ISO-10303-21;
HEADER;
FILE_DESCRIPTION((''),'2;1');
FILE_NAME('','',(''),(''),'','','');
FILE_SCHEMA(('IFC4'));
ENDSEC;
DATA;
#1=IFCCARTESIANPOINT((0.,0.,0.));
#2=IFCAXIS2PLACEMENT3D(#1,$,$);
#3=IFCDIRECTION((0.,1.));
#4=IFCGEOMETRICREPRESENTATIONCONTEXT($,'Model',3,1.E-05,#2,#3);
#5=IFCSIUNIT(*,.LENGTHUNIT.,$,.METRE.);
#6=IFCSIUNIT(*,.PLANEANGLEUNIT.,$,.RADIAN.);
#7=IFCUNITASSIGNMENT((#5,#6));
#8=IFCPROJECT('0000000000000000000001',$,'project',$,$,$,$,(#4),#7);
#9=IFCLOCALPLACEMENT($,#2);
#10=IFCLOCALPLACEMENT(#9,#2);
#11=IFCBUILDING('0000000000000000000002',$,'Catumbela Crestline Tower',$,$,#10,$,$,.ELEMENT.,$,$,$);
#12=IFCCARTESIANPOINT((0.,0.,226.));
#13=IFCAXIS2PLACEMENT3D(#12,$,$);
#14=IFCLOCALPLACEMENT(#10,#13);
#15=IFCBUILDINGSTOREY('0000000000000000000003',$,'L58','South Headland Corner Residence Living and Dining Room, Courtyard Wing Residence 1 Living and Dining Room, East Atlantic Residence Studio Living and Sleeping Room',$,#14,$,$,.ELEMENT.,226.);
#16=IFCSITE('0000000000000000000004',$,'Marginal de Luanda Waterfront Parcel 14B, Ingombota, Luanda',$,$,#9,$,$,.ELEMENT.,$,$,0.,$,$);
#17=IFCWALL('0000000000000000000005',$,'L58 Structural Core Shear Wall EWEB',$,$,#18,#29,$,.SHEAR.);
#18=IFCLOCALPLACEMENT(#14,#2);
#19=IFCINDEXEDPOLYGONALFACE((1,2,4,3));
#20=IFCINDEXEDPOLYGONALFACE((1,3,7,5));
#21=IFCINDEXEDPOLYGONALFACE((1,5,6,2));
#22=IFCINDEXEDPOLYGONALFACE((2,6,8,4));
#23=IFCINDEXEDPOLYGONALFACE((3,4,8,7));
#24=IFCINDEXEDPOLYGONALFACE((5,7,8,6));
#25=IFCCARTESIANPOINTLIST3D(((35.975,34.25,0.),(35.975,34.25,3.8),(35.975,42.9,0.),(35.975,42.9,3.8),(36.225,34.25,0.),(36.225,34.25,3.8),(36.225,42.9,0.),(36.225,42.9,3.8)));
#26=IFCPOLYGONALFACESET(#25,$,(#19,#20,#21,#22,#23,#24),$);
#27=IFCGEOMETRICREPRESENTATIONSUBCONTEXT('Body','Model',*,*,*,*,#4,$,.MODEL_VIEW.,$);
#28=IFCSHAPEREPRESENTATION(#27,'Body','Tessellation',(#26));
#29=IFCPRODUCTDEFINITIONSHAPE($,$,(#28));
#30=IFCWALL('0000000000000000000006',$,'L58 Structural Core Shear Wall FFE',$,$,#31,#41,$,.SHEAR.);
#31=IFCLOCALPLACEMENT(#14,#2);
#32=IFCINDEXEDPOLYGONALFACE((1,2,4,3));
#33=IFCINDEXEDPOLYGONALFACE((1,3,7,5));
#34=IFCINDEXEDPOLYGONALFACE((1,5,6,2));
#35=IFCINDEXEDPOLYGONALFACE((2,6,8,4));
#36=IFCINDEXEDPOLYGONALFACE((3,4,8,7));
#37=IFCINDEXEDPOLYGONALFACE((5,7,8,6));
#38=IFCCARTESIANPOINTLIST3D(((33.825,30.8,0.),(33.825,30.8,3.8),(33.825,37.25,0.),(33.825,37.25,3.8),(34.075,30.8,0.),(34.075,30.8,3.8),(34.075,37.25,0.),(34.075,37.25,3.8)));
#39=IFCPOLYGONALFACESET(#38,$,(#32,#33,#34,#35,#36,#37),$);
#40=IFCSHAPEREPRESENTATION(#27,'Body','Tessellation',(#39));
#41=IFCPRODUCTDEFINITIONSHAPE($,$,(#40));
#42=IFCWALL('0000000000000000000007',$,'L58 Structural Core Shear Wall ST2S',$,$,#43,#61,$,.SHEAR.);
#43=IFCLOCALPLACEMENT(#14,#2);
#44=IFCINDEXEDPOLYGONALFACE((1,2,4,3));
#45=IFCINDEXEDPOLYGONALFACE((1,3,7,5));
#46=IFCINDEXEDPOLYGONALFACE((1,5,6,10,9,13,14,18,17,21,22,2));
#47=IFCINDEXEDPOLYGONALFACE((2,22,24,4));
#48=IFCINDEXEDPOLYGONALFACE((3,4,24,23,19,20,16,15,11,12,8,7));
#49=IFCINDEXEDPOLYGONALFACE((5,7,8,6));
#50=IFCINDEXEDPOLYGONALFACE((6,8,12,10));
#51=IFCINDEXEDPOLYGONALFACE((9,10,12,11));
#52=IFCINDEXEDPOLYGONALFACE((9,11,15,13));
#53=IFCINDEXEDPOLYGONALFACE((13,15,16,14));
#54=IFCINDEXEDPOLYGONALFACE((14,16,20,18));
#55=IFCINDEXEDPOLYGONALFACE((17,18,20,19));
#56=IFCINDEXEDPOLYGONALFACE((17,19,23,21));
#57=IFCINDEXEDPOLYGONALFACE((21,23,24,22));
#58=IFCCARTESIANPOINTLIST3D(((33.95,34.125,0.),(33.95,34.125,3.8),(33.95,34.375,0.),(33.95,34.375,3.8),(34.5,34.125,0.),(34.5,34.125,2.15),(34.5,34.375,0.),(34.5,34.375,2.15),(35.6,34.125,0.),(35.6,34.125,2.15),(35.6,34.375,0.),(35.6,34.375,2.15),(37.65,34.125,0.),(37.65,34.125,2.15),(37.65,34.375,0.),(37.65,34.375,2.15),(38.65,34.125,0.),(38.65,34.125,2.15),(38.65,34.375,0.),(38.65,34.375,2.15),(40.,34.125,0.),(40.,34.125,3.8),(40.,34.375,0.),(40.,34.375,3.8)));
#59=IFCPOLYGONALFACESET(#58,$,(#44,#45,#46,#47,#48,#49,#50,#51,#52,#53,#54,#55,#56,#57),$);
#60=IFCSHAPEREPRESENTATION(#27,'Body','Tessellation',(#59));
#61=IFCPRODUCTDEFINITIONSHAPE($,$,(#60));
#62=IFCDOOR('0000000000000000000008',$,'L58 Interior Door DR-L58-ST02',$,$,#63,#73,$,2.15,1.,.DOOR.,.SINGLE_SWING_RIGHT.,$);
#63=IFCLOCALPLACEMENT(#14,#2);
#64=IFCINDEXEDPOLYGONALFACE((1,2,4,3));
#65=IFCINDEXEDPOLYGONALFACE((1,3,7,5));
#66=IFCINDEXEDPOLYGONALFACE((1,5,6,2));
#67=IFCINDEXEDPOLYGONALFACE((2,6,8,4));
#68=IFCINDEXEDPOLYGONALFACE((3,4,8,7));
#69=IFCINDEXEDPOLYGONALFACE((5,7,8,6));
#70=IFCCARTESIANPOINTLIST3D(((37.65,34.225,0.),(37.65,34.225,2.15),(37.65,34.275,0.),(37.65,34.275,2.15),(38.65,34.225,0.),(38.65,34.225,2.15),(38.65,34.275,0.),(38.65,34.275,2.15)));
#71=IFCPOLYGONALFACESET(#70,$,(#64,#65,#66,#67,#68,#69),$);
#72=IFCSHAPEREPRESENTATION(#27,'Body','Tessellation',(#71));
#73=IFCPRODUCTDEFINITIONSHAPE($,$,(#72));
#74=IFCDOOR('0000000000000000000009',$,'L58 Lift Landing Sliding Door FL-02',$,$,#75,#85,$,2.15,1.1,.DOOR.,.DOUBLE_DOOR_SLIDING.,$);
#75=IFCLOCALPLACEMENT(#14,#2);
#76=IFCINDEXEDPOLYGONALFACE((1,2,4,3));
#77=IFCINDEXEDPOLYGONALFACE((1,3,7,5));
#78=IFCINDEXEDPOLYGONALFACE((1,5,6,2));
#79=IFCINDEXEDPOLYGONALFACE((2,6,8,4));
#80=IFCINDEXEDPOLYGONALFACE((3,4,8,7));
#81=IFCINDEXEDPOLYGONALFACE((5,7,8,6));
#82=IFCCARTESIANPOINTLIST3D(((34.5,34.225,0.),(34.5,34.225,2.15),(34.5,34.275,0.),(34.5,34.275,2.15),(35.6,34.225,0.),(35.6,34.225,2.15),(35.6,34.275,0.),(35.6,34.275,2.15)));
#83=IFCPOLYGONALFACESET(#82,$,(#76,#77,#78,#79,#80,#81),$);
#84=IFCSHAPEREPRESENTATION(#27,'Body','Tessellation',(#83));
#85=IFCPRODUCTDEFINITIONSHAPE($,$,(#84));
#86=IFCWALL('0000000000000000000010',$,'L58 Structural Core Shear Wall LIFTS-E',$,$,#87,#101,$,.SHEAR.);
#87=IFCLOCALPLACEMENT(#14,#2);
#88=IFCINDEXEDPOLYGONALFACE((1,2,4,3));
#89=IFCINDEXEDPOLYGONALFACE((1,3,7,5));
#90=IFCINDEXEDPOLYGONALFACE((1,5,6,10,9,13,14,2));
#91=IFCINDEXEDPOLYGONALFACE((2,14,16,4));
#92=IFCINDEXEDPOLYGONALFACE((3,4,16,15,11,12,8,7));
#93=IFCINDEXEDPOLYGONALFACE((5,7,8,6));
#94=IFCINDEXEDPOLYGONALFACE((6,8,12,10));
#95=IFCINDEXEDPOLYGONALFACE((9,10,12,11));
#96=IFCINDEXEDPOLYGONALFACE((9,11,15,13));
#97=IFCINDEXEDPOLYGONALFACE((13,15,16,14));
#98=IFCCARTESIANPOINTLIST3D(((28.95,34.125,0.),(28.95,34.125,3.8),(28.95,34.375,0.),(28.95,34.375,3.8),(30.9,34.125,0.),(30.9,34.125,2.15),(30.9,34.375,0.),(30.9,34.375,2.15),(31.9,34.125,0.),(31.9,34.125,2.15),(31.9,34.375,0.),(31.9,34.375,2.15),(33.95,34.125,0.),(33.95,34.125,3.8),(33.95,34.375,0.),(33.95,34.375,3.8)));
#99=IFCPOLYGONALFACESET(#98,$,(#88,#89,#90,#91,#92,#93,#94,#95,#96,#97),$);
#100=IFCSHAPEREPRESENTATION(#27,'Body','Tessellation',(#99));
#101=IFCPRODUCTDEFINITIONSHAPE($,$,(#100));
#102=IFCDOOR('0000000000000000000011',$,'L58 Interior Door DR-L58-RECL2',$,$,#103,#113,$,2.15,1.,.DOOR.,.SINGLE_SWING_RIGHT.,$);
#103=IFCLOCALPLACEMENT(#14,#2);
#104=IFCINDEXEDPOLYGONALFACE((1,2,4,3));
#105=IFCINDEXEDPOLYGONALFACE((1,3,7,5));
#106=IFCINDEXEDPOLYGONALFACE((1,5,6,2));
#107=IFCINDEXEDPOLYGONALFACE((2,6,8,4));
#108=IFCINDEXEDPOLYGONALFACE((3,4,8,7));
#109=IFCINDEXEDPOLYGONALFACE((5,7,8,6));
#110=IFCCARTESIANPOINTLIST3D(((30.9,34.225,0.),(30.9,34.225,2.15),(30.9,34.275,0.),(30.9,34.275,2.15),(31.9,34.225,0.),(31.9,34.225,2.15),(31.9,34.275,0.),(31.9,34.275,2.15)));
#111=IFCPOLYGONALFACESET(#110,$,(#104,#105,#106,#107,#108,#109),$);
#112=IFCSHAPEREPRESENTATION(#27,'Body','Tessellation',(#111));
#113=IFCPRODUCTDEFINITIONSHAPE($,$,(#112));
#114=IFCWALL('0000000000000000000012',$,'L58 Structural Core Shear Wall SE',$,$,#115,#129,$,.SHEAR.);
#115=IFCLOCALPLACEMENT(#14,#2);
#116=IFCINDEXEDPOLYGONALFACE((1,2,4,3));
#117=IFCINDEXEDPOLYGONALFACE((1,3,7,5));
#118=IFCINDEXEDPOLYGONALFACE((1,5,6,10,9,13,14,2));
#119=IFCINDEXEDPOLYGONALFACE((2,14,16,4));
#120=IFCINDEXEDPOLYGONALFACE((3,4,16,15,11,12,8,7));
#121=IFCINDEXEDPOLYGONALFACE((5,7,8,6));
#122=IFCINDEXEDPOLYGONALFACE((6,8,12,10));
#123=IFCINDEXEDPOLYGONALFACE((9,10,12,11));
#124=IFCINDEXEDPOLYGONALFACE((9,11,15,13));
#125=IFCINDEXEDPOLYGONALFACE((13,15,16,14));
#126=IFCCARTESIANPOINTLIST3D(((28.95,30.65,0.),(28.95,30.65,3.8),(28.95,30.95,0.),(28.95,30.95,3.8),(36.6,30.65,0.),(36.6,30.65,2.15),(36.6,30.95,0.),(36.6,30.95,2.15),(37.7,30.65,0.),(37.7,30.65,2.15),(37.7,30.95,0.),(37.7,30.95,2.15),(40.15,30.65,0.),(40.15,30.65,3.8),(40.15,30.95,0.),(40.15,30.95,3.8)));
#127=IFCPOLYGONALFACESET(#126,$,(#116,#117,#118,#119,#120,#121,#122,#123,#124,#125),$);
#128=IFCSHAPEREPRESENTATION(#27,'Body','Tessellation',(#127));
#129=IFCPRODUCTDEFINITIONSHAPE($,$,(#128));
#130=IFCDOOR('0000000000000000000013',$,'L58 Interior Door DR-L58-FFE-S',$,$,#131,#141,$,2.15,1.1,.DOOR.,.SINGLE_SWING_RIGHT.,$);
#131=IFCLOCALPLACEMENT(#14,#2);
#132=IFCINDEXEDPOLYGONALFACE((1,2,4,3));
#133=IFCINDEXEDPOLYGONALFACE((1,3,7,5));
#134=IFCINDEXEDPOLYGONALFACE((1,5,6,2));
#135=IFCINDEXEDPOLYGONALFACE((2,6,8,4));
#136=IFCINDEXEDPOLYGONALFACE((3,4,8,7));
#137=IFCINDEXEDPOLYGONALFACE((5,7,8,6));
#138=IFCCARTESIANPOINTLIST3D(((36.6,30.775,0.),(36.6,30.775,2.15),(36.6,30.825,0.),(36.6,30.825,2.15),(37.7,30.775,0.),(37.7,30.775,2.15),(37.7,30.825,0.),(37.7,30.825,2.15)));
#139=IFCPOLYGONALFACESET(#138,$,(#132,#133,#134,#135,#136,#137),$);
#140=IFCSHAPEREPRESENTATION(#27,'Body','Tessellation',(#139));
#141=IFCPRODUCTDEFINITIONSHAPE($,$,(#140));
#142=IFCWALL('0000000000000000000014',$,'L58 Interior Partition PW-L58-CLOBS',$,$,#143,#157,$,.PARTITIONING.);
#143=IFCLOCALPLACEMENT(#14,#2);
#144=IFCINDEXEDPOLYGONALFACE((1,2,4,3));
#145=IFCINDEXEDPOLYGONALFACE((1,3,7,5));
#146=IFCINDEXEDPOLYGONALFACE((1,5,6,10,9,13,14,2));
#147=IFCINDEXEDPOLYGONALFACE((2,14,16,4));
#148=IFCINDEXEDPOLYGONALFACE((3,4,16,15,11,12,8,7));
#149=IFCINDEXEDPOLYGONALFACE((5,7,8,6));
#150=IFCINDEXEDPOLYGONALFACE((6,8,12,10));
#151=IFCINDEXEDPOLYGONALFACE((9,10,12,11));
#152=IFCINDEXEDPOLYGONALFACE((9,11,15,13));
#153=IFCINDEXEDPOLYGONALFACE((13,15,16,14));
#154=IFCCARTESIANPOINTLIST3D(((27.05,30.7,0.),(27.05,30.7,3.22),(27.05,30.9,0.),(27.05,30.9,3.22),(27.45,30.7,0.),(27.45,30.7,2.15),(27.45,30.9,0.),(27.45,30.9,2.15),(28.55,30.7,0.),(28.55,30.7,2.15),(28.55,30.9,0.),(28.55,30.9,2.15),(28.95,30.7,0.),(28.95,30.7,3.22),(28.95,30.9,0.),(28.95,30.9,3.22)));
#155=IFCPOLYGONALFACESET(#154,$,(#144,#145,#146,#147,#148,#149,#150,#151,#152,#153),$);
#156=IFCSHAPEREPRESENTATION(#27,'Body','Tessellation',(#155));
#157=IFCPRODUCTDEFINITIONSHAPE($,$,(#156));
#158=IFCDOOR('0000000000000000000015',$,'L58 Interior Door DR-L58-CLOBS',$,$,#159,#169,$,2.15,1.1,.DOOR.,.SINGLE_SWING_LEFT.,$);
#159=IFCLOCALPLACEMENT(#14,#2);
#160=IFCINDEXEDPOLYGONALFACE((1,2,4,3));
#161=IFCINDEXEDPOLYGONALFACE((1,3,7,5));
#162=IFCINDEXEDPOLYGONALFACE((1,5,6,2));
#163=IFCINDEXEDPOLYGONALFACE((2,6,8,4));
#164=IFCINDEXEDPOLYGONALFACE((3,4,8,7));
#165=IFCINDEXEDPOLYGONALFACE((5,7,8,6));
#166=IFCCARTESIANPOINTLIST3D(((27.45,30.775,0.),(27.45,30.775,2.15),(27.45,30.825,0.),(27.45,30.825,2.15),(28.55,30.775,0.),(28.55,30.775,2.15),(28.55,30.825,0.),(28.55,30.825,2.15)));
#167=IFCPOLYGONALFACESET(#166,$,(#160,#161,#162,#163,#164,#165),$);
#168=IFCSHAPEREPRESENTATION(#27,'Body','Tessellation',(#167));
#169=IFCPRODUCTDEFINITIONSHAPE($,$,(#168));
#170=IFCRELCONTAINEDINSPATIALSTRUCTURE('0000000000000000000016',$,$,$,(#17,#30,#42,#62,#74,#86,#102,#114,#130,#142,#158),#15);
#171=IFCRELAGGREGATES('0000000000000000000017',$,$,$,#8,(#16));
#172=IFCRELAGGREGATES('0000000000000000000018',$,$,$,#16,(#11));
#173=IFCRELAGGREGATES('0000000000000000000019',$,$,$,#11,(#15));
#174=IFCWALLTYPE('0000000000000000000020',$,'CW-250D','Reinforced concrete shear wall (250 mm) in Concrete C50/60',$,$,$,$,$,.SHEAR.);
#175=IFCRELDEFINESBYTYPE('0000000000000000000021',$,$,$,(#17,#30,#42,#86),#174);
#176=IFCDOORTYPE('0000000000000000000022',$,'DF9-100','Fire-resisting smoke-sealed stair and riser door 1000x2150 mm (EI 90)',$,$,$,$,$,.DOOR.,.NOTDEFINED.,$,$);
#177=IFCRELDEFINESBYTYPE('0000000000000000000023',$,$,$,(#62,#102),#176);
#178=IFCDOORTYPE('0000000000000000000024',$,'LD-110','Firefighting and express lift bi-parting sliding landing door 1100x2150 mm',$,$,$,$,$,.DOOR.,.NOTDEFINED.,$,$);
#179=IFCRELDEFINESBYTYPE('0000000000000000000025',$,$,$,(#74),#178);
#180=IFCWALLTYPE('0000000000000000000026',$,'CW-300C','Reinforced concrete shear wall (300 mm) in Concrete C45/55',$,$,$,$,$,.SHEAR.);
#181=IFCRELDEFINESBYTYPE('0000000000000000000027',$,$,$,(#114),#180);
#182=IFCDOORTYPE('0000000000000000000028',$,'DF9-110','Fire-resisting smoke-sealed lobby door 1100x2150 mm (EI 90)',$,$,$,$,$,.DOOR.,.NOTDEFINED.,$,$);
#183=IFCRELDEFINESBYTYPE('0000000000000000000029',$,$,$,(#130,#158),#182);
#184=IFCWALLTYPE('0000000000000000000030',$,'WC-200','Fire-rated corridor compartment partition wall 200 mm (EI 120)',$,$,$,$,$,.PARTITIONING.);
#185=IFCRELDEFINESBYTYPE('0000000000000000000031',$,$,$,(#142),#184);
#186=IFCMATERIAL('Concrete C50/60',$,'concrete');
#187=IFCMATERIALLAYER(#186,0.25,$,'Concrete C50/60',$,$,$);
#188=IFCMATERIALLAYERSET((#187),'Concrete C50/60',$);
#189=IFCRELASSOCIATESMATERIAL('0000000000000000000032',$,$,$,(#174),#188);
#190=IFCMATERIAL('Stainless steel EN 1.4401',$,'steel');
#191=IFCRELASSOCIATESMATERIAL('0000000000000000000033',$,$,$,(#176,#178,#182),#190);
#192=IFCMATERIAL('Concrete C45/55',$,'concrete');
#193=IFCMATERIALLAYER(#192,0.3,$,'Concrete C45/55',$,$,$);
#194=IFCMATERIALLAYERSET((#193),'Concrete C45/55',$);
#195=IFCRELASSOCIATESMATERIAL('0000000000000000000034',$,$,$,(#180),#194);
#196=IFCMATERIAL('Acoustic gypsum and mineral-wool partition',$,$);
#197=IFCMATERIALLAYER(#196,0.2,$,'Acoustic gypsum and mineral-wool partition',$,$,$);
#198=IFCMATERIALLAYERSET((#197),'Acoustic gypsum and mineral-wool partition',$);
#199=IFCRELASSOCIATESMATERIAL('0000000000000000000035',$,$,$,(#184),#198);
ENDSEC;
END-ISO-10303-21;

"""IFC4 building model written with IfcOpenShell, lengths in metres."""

from ifc_helpers import new_model, si_unit, direction, frame, frame_2d, origin, place, context, subcontext, project, spatial, rectangle, extrude, material, layer, layer_set, type_object, element, fill, save


model = new_model("IFC4")

# Units and contexts
model_context = context("Model", 3, precision=1e-05, world=origin(), true_north=direction((0.0, 1.0)))
body_context = subcontext(model_context, "Body", "Model", "MODEL_VIEW")
ifc_project = project(units=[si_unit("LENGTHUNIT", "METRE"), si_unit("PLANEANGLEUNIT", "RADIAN")], contexts=[model_context])

# Site, building, storey
site_placement = place(None, origin())
site = spatial("IfcSite", under=ifc_project, at=site_placement, Name="Marginal de Luanda Waterfront Parcel 14B, Ingombota, Luanda", CompositionType="ELEMENT", RefElevation=0.0)
building_placement = place(site_placement, origin())
building = spatial("IfcBuilding", under=site, at=building_placement, Name="Catumbela Crestline Tower", CompositionType="ELEMENT")
storey_placement = place(building_placement, frame((0.0, 0.0, 226.0)))
storey = spatial("IfcBuildingStorey", under=building, at=storey_placement, Name="L58", Description="South Headland Corner Residence Living and Dining Room, Courtyard Wing Residence 1 Living and Dining Room, East Atlantic Residence Studio Living and Sleeping Room", CompositionType="ELEMENT", Elevation=226.0)

# Walls
ifc_material_1 = material(Name="Concrete C50/60", Category="concrete")
ifc_layer_1 = layer(ifc_material_1, 0.25, Name="Concrete C50/60")
ifc_layer_set_1 = layer_set([ifc_layer_1], Name="Concrete C50/60")
wall_type_1 = type_object("IfcWallType", Name="CW-250D", Description="Reinforced concrete shear wall (250 mm) in Concrete C50/60", PredefinedType="SHEAR", material=ifc_layer_set_1)
wall_1_placement = place(storey_placement, frame((36.1, 34.25, 0.0), z_axis=(0.0, 0.0, 1.0), x_axis=(0.0, 1.0, 0.0)))
element("IfcWall", 1, at=wall_1_placement, inside=storey, type_object=wall_type_1, Name="L58 Structural Core Shear Wall EWEB", PredefinedType="SHEAR", context=body_context, shape_type="SweptSolid", body=[
    extrude(rectangle(XDim=8.65, YDim=0.25, at=frame_2d((4.325, 0.0))), origin(), (0.0, 0.0, 1.0), 3.8),
])
wall_2_placement = place(storey_placement, frame((33.95, 30.8, 0.0), z_axis=(0.0, 0.0, 1.0), x_axis=(0.0, 1.0, 0.0)))
element("IfcWall", 2, at=wall_2_placement, inside=storey, type_object=wall_type_1, Name="L58 Structural Core Shear Wall FFE", PredefinedType="SHEAR", context=body_context, shape_type="SweptSolid", body=[
    extrude(rectangle(XDim=6.45, YDim=0.25, at=frame_2d((3.225, 0.0))), origin(), (0.0, 0.0, 1.0), 3.8),
])

# Wall, openings, doors
wall_3_placement = place(storey_placement, frame((33.95, 34.25, 0.0), z_axis=(0.0, 0.0, 1.0), x_axis=(1.0, 0.0, 0.0)))
wall_3 = element("IfcWall", 3, at=wall_3_placement, inside=storey, type_object=wall_type_1, Name="L58 Structural Core Shear Wall ST2S", PredefinedType="SHEAR", context=body_context, shape_type="SweptSolid", body=[
    extrude(rectangle(XDim=6.05, YDim=0.25, at=frame_2d((3.025, 0.0))), origin(), (0.0, 0.0, 1.0), 3.8),
])
opening_1_placement = place(wall_3_placement, frame((3.7, 0.0, 0.0)))
opening_1 = element("IfcOpeningElement", 4, at=opening_1_placement, cuts=wall_3, PredefinedType="OPENING", context=body_context, shape_type="SweptSolid", body=[
    extrude(rectangle(XDim=1.0, YDim=2.15, at=frame_2d((0.5, 1.075))), frame((0.0, 0.135, 0.0), z_axis=(0.0, -1.0, 0.0), x_axis=(1.0, 0.0, 0.0)), (0.0, 0.0, 1.0), 0.27),
])
opening_2_placement = place(wall_3_placement, frame((0.55, 0.0, 0.0)))
opening_2 = element("IfcOpeningElement", 5, at=opening_2_placement, cuts=wall_3, PredefinedType="OPENING", context=body_context, shape_type="SweptSolid", body=[
    extrude(rectangle(XDim=1.1, YDim=2.15, at=frame_2d((0.55, 1.075))), frame((0.0, 0.135, 0.0), z_axis=(0.0, -1.0, 0.0), x_axis=(1.0, 0.0, 0.0)), (0.0, 0.0, 1.0), 0.27),
])
ifc_material_2 = material(Name="Stainless steel EN 1.4401", Category="steel")
door_type_1 = type_object("IfcDoorType", Name="DF9-100", Description="Fire-resisting smoke-sealed stair and riser door 1000x2150 mm (EI 90)", OperationType="NOTDEFINED", PredefinedType="DOOR", material=ifc_material_2)
door_1_placement = place(opening_1_placement, origin())
door_1 = element("IfcDoor", 6, at=door_1_placement, inside=storey, type_object=door_type_1, Name="L58 Interior Door DR-L58-ST02", OperationType="SINGLE_SWING_RIGHT", OverallHeight=2.15, OverallWidth=1.0, PredefinedType="DOOR", context=body_context, shape_type="SweptSolid", body=[
    extrude(rectangle(XDim=1.0, YDim=2.15, at=frame_2d((0.5, 1.075))), frame((0.0, 0.025, 0.0), z_axis=(0.0, -1.0, 0.0), x_axis=(1.0, 0.0, 0.0)), (0.0, 0.0, 1.0), 0.05),
])
fill(opening_1, door_1)
door_type_2 = type_object("IfcDoorType", Name="LD-110", Description="Firefighting and express lift bi-parting sliding landing door 1100x2150 mm", OperationType="NOTDEFINED", PredefinedType="DOOR", material=ifc_material_2)
door_2_placement = place(opening_2_placement, origin())
door_2 = element("IfcDoor", 7, at=door_2_placement, inside=storey, type_object=door_type_2, Name="L58 Lift Landing Sliding Door FL-02", OperationType="DOUBLE_DOOR_SLIDING", OverallHeight=2.15, OverallWidth=1.1, PredefinedType="DOOR", context=body_context, shape_type="SweptSolid", body=[
    extrude(rectangle(XDim=1.1, YDim=2.15, at=frame_2d((0.55, 1.075))), frame((0.0, 0.025, 0.0), z_axis=(0.0, -1.0, 0.0), x_axis=(1.0, 0.0, 0.0)), (0.0, 0.0, 1.0), 0.05),
])
fill(opening_2, door_2)

# Walls, openings, doors
wall_4_placement = place(storey_placement, frame((28.95, 34.25, 0.0), z_axis=(0.0, 0.0, 1.0), x_axis=(1.0, 0.0, 0.0)))
wall_4 = element("IfcWall", 8, at=wall_4_placement, inside=storey, type_object=wall_type_1, Name="L58 Structural Core Shear Wall LIFTS-E", PredefinedType="SHEAR", context=body_context, shape_type="SweptSolid", body=[
    extrude(rectangle(XDim=5.0, YDim=0.25, at=frame_2d((2.5, 0.0))), origin(), (0.0, 0.0, 1.0), 3.8),
])
opening_3_placement = place(wall_4_placement, frame((1.95, 0.0, 0.0)))
opening_3 = element("IfcOpeningElement", 9, at=opening_3_placement, cuts=wall_4, PredefinedType="OPENING", context=body_context, shape_type="SweptSolid", body=[
    extrude(rectangle(XDim=1.0, YDim=2.15, at=frame_2d((0.5, 1.075))), frame((0.0, 0.135, 0.0), z_axis=(0.0, -1.0, 0.0), x_axis=(1.0, 0.0, 0.0)), (0.0, 0.0, 1.0), 0.27),
])
door_3_placement = place(opening_3_placement, origin())
door_3 = element("IfcDoor", 10, at=door_3_placement, inside=storey, type_object=door_type_1, Name="L58 Interior Door DR-L58-RECL2", OperationType="SINGLE_SWING_RIGHT", OverallHeight=2.15, OverallWidth=1.0, PredefinedType="DOOR", context=body_context, shape_type="SweptSolid", body=[
    extrude(rectangle(XDim=1.0, YDim=2.15, at=frame_2d((0.5, 1.075))), frame((0.0, 0.025, 0.0), z_axis=(0.0, -1.0, 0.0), x_axis=(1.0, 0.0, 0.0)), (0.0, 0.0, 1.0), 0.05),
])
fill(opening_3, door_3)
ifc_material_3 = material(Name="Concrete C45/55", Category="concrete")
ifc_layer_2 = layer(ifc_material_3, 0.3, Name="Concrete C45/55")
ifc_layer_set_2 = layer_set([ifc_layer_2], Name="Concrete C45/55")
wall_type_2 = type_object("IfcWallType", Name="CW-300C", Description="Reinforced concrete shear wall (300 mm) in Concrete C45/55", PredefinedType="SHEAR", material=ifc_layer_set_2)
wall_5_placement = place(storey_placement, frame((28.95, 30.8, 0.0), z_axis=(0.0, 0.0, 1.0), x_axis=(1.0, 0.0, 0.0)))
wall_5 = element("IfcWall", 11, at=wall_5_placement, inside=storey, type_object=wall_type_2, Name="L58 Structural Core Shear Wall SE", PredefinedType="SHEAR", context=body_context, shape_type="SweptSolid", body=[
    extrude(rectangle(XDim=11.2, YDim=0.3, at=frame_2d((5.6, 0.0))), origin(), (0.0, 0.0, 1.0), 3.8),
])
opening_4_placement = place(wall_5_placement, frame((7.65, 0.0, 0.0)))
opening_4 = element("IfcOpeningElement", 12, at=opening_4_placement, cuts=wall_5, PredefinedType="OPENING", context=body_context, shape_type="SweptSolid", body=[
    extrude(rectangle(XDim=1.1, YDim=2.15, at=frame_2d((0.55, 1.075))), frame((0.0, 0.16, 0.0), z_axis=(0.0, -1.0, 0.0), x_axis=(1.0, 0.0, 0.0)), (0.0, 0.0, 1.0), 0.32),
])
door_type_3 = type_object("IfcDoorType", Name="DF9-110", Description="Fire-resisting smoke-sealed lobby door 1100x2150 mm (EI 90)", OperationType="NOTDEFINED", PredefinedType="DOOR", material=ifc_material_2)
door_4_placement = place(opening_4_placement, origin())
door_4 = element("IfcDoor", 13, at=door_4_placement, inside=storey, type_object=door_type_3, Name="L58 Interior Door DR-L58-FFE-S", OperationType="SINGLE_SWING_RIGHT", OverallHeight=2.15, OverallWidth=1.1, PredefinedType="DOOR", context=body_context, shape_type="SweptSolid", body=[
    extrude(rectangle(XDim=1.1, YDim=2.15, at=frame_2d((0.55, 1.075))), frame((0.0, 0.025, 0.0), z_axis=(0.0, -1.0, 0.0), x_axis=(1.0, 0.0, 0.0)), (0.0, 0.0, 1.0), 0.05),
])
fill(opening_4, door_4)
ifc_material_4 = material(Name="Acoustic gypsum and mineral-wool partition")
ifc_layer_3 = layer(ifc_material_4, 0.2, Name="Acoustic gypsum and mineral-wool partition")
ifc_layer_set_3 = layer_set([ifc_layer_3], Name="Acoustic gypsum and mineral-wool partition")
wall_type_3 = type_object("IfcWallType", Name="WC-200", Description="Fire-rated corridor compartment partition wall 200 mm (EI 120)", PredefinedType="PARTITIONING", material=ifc_layer_set_3)
wall_6_placement = place(storey_placement, frame((27.05, 30.8, 0.0), z_axis=(0.0, 0.0, 1.0), x_axis=(1.0, 0.0, 0.0)))
wall_6 = element("IfcWall", 14, at=wall_6_placement, inside=storey, type_object=wall_type_3, Name="L58 Interior Partition PW-L58-CLOBS", PredefinedType="PARTITIONING", context=body_context, shape_type="SweptSolid", body=[
    extrude(rectangle(XDim=1.9, YDim=0.2, at=frame_2d((0.95, 0.0))), origin(), (0.0, 0.0, 1.0), 3.22),
])
opening_5_placement = place(wall_6_placement, frame((0.4, 0.0, 0.0)))
opening_5 = element("IfcOpeningElement", 15, at=opening_5_placement, cuts=wall_6, PredefinedType="OPENING", context=body_context, shape_type="SweptSolid", body=[
    extrude(rectangle(XDim=1.1, YDim=2.15, at=frame_2d((0.55, 1.075))), frame((0.0, 0.11, 0.0), z_axis=(0.0, -1.0, 0.0), x_axis=(1.0, 0.0, 0.0)), (0.0, 0.0, 1.0), 0.22),
])
door_5_placement = place(opening_5_placement, origin())
door_5 = element("IfcDoor", 16, at=door_5_placement, inside=storey, type_object=door_type_3, Name="L58 Interior Door DR-L58-CLOBS", OperationType="SINGLE_SWING_LEFT", OverallHeight=2.15, OverallWidth=1.1, PredefinedType="DOOR", context=body_context, shape_type="SweptSolid", body=[
    extrude(rectangle(XDim=1.1, YDim=2.15, at=frame_2d((0.55, 1.075))), frame((0.0, 0.025, 0.0), z_axis=(0.0, -1.0, 0.0), x_axis=(1.0, 0.0, 0.0)), (0.0, 0.0, 1.0), 0.05),
])
fill(opening_5, door_5)

save(model, "model.ifc")
